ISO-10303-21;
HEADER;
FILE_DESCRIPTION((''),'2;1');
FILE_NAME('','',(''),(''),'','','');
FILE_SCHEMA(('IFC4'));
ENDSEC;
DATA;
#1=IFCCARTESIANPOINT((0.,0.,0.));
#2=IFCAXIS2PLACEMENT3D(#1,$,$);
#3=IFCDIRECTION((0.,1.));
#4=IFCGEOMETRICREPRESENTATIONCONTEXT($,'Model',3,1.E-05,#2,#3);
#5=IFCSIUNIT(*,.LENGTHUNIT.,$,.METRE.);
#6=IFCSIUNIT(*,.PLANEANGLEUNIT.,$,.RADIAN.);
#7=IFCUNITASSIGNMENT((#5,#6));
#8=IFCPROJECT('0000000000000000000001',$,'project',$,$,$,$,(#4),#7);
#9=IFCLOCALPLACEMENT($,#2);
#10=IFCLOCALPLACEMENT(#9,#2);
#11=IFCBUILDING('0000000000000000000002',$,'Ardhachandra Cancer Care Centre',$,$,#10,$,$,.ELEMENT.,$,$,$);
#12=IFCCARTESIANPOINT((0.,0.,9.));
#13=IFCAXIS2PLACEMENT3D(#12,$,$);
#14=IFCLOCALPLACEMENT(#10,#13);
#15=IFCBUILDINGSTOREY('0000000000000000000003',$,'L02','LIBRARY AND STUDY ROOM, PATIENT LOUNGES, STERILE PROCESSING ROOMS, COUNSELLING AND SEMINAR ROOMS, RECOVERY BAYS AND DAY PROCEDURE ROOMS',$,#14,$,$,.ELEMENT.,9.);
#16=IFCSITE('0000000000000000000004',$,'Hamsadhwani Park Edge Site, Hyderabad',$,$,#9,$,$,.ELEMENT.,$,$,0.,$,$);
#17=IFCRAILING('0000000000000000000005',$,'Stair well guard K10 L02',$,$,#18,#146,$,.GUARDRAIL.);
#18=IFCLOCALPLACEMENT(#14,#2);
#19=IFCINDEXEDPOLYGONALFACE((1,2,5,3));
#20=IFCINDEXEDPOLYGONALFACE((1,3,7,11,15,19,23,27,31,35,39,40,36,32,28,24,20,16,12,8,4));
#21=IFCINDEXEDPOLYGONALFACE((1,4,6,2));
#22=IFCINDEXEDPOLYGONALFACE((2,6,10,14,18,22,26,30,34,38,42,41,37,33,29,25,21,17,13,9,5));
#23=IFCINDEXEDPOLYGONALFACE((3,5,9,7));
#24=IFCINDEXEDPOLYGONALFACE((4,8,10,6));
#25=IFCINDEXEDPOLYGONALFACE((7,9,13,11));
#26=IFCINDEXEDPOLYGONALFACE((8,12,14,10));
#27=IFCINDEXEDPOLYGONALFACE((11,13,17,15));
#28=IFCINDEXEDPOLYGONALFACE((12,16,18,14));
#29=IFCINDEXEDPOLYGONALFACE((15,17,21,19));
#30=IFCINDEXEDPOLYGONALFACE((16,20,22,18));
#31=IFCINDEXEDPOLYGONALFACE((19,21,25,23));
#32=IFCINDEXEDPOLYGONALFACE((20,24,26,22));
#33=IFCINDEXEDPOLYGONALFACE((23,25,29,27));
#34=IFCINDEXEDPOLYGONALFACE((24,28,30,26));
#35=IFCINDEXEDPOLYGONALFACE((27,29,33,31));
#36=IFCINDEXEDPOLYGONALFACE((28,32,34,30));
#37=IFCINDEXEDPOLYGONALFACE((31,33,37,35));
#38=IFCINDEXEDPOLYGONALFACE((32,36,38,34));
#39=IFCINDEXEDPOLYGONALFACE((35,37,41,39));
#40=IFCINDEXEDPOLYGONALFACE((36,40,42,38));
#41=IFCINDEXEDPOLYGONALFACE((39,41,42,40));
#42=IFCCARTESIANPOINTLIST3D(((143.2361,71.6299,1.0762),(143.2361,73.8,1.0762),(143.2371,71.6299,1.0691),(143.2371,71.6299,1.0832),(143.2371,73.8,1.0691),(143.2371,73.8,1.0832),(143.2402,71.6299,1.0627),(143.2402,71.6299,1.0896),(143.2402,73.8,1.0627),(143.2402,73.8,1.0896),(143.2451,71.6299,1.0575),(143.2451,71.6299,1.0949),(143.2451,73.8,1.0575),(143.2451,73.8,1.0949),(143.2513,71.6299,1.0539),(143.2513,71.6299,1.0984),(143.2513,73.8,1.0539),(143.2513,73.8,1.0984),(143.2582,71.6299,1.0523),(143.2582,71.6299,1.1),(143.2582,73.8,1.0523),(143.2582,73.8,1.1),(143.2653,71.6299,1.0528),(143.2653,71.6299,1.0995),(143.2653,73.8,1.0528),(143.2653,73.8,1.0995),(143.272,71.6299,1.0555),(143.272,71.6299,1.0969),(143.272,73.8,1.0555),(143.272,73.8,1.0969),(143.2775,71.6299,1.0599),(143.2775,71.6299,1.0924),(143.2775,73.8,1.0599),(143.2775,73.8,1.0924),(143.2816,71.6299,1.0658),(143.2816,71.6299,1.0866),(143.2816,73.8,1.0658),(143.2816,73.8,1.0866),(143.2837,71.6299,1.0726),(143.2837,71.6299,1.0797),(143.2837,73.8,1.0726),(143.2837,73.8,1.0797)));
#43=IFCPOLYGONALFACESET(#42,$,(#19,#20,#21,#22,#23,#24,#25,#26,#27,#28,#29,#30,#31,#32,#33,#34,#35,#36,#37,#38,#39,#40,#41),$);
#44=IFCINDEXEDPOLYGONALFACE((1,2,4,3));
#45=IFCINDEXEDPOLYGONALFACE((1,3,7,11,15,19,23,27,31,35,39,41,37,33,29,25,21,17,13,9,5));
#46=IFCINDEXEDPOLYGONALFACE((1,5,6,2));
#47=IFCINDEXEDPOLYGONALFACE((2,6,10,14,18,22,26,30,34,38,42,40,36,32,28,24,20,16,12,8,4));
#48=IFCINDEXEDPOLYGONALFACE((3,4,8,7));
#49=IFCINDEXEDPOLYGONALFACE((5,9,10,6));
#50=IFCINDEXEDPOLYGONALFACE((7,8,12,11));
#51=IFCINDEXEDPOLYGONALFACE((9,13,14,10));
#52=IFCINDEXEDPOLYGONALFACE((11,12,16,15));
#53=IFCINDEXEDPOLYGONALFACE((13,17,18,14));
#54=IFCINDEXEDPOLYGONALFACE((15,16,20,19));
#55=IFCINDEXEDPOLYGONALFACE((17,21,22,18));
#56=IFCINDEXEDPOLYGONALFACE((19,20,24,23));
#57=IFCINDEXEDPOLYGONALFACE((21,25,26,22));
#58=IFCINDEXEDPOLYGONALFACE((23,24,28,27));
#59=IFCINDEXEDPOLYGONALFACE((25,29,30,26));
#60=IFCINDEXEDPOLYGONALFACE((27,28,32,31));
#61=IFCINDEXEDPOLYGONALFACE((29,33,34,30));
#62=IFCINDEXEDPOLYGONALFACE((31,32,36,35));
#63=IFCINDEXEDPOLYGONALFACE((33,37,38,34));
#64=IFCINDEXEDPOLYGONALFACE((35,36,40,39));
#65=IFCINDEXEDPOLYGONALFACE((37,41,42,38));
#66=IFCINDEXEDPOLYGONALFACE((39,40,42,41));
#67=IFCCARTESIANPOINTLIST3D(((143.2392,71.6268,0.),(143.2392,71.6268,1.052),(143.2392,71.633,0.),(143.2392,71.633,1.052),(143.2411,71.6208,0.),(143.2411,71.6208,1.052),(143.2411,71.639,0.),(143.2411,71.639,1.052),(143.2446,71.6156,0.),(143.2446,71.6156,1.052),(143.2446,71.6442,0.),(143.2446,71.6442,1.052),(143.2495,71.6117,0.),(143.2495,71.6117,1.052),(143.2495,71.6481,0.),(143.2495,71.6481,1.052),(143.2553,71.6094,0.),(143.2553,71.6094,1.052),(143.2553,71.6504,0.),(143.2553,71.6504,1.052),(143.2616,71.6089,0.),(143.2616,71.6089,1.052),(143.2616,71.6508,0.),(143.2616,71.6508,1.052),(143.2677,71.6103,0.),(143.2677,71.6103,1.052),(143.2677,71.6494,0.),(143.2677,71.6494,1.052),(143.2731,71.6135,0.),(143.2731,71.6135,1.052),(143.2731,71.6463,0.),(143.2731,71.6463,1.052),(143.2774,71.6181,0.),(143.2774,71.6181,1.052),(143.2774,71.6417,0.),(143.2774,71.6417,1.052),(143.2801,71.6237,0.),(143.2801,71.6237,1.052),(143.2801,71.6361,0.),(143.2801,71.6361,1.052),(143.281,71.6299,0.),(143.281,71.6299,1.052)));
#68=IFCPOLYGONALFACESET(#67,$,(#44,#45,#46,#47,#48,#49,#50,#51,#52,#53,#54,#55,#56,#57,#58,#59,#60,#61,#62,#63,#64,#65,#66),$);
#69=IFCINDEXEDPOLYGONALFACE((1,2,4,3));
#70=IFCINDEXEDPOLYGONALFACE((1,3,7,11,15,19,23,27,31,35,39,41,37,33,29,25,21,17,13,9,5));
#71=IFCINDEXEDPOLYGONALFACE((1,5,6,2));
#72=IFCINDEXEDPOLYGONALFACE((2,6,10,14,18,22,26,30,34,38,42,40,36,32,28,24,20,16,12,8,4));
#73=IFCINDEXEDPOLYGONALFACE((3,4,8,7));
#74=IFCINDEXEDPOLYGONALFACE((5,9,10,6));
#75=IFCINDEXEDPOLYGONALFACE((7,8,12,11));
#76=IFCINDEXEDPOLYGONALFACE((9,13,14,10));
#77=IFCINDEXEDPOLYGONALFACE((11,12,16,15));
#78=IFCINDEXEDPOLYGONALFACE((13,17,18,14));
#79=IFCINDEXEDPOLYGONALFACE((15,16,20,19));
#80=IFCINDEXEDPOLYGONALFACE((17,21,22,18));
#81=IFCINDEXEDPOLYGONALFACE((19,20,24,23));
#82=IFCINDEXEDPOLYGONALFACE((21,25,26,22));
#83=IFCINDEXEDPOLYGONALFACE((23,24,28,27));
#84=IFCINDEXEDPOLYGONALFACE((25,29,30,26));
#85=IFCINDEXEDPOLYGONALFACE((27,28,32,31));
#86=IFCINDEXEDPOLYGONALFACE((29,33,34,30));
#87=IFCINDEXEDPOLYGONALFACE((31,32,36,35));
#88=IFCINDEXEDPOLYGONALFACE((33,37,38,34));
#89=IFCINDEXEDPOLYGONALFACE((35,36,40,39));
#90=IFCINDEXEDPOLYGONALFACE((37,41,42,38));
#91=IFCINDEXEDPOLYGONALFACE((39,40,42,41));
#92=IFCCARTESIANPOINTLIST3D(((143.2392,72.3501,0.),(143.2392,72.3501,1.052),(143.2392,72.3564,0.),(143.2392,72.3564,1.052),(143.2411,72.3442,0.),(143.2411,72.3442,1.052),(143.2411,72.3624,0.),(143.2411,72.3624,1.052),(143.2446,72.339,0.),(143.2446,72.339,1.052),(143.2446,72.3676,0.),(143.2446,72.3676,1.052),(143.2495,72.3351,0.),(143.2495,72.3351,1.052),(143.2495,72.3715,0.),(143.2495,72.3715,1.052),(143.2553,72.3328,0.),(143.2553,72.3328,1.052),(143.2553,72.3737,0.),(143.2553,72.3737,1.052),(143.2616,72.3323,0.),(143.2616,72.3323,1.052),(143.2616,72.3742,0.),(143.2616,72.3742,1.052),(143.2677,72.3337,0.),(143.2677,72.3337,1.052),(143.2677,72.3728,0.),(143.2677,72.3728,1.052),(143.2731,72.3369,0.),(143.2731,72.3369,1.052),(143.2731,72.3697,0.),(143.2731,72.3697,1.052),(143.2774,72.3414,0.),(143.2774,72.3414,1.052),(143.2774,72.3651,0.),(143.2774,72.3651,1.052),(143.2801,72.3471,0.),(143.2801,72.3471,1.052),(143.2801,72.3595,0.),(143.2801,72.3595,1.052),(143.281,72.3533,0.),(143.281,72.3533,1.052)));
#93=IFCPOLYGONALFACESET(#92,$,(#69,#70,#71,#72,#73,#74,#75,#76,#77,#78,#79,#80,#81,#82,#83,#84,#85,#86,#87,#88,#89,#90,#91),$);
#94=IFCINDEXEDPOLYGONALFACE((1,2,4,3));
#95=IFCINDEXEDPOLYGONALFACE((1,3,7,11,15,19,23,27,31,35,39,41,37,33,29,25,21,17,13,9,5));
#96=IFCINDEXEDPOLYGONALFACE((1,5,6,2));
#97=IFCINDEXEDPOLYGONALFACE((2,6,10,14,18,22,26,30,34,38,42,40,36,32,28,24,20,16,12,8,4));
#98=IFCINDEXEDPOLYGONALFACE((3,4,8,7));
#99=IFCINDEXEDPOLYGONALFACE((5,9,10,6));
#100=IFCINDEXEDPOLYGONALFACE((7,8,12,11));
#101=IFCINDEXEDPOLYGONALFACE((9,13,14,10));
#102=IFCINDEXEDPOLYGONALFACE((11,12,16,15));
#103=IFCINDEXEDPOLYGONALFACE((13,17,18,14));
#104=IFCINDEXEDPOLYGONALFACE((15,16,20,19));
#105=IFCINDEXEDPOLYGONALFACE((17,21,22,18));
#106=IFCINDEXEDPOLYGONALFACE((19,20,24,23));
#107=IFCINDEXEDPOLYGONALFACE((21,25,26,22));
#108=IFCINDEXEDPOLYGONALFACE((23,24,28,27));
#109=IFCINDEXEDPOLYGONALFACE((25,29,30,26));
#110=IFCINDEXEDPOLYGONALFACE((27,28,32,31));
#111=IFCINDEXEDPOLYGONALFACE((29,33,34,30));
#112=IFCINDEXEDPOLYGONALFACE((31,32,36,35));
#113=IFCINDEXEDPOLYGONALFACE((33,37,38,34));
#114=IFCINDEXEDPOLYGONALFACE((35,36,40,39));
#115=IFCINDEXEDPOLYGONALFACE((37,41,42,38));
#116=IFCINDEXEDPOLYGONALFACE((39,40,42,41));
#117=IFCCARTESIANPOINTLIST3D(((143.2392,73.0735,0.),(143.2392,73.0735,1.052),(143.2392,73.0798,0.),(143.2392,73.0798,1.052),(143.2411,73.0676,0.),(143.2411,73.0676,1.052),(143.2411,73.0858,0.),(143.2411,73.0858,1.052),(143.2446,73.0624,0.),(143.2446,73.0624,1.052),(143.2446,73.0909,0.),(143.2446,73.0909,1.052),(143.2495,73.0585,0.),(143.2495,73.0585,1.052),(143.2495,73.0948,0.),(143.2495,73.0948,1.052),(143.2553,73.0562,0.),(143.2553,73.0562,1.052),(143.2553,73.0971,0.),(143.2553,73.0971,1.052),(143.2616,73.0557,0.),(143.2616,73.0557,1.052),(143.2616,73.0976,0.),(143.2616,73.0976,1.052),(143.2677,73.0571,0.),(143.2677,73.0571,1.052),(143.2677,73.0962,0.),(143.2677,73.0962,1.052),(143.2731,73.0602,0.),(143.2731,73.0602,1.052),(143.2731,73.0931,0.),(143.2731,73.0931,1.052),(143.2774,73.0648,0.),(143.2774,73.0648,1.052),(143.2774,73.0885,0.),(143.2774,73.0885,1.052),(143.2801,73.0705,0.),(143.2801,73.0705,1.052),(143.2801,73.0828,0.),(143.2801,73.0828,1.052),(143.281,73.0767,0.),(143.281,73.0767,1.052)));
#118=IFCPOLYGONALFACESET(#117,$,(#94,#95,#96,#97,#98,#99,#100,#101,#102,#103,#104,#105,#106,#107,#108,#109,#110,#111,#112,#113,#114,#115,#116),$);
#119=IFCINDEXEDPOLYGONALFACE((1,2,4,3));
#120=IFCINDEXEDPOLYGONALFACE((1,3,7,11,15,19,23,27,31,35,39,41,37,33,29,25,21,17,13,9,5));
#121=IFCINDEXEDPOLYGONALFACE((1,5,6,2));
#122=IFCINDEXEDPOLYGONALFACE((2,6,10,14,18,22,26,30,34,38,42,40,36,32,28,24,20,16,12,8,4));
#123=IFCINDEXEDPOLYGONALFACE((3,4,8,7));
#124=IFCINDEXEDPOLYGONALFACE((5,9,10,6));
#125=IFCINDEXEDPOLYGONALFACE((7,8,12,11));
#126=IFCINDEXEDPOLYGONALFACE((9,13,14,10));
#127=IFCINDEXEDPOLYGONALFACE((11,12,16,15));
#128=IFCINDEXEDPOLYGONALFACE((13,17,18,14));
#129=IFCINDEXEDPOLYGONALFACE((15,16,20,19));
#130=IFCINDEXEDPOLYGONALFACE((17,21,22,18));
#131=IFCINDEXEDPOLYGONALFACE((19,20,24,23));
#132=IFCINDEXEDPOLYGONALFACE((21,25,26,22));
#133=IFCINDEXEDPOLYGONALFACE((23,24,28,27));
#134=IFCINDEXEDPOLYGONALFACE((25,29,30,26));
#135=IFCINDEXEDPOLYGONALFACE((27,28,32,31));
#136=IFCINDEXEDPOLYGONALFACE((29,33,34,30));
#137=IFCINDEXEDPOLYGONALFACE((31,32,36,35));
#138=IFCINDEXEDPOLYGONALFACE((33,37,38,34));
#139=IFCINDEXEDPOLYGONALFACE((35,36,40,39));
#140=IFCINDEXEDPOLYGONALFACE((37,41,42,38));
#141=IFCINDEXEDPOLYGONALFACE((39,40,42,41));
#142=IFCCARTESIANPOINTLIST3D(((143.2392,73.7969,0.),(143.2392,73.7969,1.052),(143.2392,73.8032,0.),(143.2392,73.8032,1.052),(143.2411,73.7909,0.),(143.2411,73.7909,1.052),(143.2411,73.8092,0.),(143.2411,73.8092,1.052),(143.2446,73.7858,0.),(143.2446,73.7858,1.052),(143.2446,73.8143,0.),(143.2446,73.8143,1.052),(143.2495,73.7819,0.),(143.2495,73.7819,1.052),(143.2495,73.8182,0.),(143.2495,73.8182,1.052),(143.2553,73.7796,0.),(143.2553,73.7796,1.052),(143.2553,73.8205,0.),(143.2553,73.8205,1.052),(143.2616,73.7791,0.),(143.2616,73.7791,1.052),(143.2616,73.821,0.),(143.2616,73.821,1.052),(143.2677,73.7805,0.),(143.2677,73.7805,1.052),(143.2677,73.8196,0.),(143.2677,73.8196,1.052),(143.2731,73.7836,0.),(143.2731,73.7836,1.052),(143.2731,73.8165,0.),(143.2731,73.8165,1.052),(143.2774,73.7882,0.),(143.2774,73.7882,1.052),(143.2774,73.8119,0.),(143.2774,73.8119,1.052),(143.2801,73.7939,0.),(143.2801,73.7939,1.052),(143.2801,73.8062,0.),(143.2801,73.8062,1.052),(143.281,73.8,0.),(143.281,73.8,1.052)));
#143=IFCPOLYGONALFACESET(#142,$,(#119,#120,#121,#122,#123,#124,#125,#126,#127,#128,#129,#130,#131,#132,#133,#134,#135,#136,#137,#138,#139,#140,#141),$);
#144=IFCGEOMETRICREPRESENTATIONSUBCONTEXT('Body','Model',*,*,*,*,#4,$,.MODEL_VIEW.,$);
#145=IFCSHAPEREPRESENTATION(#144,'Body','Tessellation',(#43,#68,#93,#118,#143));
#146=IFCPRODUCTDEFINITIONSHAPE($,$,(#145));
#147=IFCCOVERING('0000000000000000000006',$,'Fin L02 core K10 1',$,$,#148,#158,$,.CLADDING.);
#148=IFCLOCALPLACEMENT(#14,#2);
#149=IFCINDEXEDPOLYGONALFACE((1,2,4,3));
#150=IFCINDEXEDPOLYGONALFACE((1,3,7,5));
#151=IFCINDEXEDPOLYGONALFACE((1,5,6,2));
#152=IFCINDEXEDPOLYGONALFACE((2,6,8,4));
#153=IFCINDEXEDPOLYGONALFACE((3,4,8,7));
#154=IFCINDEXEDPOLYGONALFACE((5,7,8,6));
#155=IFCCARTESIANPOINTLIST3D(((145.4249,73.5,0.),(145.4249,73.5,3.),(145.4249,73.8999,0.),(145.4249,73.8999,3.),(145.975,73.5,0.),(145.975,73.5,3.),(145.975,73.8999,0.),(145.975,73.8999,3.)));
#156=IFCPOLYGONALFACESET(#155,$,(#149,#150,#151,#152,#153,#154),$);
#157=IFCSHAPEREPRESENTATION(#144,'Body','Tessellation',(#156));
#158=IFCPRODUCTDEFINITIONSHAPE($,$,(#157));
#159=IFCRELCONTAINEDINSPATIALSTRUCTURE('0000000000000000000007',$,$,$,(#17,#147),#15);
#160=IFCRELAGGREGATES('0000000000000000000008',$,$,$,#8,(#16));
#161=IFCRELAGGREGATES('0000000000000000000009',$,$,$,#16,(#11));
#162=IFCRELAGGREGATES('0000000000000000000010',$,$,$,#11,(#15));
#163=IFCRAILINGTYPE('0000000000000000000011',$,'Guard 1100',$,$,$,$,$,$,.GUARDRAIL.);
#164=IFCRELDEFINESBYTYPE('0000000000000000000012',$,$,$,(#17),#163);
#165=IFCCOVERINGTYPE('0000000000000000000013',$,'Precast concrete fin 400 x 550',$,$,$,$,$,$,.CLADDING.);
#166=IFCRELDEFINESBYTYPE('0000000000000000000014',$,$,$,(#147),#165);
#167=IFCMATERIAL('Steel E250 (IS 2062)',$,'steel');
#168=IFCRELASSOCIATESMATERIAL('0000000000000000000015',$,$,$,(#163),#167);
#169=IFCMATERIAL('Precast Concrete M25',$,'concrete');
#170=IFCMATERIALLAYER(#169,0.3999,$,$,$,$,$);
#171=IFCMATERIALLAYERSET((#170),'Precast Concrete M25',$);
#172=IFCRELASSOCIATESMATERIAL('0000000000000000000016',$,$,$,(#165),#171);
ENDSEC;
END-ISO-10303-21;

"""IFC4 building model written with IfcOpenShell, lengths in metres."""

from ifc_helpers import new_model, si_unit, direction, frame, origin, origin_2d, place, context, subcontext, project, spatial, rectangle, circle, extrude, material, layer, layer_set, type_object, element, save


model = new_model("IFC4")

# Units and contexts
model_context = context("Model", 3, precision=1e-05, world=origin(), true_north=direction((0.0, 1.0)))
body_context = subcontext(model_context, "Body", "Model", "MODEL_VIEW")
ifc_project = project(units=[si_unit("LENGTHUNIT", "METRE"), si_unit("PLANEANGLEUNIT", "RADIAN")], contexts=[model_context])

# Site, building, storey
site_placement = place(None, origin())
site = spatial("IfcSite", under=ifc_project, at=site_placement, Name="Hamsadhwani Park Edge Site, Hyderabad", CompositionType="ELEMENT", RefElevation=0.0)
building_placement = place(site_placement, origin())
building = spatial("IfcBuilding", under=site, at=building_placement, Name="Ardhachandra Cancer Care Centre", CompositionType="ELEMENT")
storey_placement = place(building_placement, frame((0.0, 0.0, 9.0)))
storey = spatial("IfcBuildingStorey", under=building, at=storey_placement, Name="L02", Description="LIBRARY AND STUDY ROOM, PATIENT LOUNGES, STERILE PROCESSING ROOMS, COUNSELLING AND SEMINAR ROOMS, RECOVERY BAYS AND DAY PROCEDURE ROOMS", CompositionType="ELEMENT", Elevation=9.0)

# Railing
ifc_material_1 = material(Name="Steel E250 (IS 2062)", Category="steel")
railing_type = type_object("IfcRailingType", Name="Guard 1100", PredefinedType="GUARDRAIL", material=ifc_material_1)
railing_placement = place(storey_placement, frame((143.26, 71.6299, 0.0)))
element("IfcRailing", 1, at=railing_placement, inside=storey, type_object=railing_type, Name="Stair well guard K10 L02", PredefinedType="GUARDRAIL", context=body_context, shape_type="SweptSolid", body=[
    extrude(circle(Radius=0.0239, at=origin_2d()), frame((0.0, 0.0, 1.0762), z_axis=(0.0, 1.0, 0.0), x_axis=(-1.0, 0.0, 0.0)), (0.0, 0.0, 1.0), 2.1702),
    extrude(circle(Radius=0.021, at=origin_2d()), origin(), (0.0, 0.0, 1.0), 1.052),
    extrude(circle(Radius=0.021, at=origin_2d()), frame((0.0, 0.7234, 0.0)), (0.0, 0.0, 1.0), 1.052),
    extrude(circle(Radius=0.021, at=origin_2d()), frame((0.0, 1.4468, 0.0)), (0.0, 0.0, 1.0), 1.052),
    extrude(circle(Radius=0.021, at=origin_2d()), frame((0.0, 2.1702, 0.0)), (0.0, 0.0, 1.0), 1.052),
])

# Covering
ifc_material_2 = material(Name="Precast Concrete M25", Category="concrete")
ifc_layer_1 = layer(ifc_material_2, 0.3999)
ifc_layer_set_1 = layer_set([ifc_layer_1], Name="Precast Concrete M25")
covering_type = type_object("IfcCoveringType", Name="Precast concrete fin 400 x 550", PredefinedType="CLADDING", material=ifc_layer_set_1)
covering_placement = place(storey_placement, frame((145.7, 73.7, 0.0), z_axis=(0.0, 0.0, 1.0), x_axis=(0.0, 1.0, 0.0)))
element("IfcCovering", 2, at=covering_placement, inside=storey, type_object=covering_type, Name="Fin L02 core K10 1", PredefinedType="CLADDING", context=body_context, shape_type="SweptSolid", body=[
    extrude(rectangle(XDim=0.3999, YDim=0.55, at=origin_2d()), origin(), (0.0, 0.0, 1.0), 3.0),
])

save(model, "model.ifc")
